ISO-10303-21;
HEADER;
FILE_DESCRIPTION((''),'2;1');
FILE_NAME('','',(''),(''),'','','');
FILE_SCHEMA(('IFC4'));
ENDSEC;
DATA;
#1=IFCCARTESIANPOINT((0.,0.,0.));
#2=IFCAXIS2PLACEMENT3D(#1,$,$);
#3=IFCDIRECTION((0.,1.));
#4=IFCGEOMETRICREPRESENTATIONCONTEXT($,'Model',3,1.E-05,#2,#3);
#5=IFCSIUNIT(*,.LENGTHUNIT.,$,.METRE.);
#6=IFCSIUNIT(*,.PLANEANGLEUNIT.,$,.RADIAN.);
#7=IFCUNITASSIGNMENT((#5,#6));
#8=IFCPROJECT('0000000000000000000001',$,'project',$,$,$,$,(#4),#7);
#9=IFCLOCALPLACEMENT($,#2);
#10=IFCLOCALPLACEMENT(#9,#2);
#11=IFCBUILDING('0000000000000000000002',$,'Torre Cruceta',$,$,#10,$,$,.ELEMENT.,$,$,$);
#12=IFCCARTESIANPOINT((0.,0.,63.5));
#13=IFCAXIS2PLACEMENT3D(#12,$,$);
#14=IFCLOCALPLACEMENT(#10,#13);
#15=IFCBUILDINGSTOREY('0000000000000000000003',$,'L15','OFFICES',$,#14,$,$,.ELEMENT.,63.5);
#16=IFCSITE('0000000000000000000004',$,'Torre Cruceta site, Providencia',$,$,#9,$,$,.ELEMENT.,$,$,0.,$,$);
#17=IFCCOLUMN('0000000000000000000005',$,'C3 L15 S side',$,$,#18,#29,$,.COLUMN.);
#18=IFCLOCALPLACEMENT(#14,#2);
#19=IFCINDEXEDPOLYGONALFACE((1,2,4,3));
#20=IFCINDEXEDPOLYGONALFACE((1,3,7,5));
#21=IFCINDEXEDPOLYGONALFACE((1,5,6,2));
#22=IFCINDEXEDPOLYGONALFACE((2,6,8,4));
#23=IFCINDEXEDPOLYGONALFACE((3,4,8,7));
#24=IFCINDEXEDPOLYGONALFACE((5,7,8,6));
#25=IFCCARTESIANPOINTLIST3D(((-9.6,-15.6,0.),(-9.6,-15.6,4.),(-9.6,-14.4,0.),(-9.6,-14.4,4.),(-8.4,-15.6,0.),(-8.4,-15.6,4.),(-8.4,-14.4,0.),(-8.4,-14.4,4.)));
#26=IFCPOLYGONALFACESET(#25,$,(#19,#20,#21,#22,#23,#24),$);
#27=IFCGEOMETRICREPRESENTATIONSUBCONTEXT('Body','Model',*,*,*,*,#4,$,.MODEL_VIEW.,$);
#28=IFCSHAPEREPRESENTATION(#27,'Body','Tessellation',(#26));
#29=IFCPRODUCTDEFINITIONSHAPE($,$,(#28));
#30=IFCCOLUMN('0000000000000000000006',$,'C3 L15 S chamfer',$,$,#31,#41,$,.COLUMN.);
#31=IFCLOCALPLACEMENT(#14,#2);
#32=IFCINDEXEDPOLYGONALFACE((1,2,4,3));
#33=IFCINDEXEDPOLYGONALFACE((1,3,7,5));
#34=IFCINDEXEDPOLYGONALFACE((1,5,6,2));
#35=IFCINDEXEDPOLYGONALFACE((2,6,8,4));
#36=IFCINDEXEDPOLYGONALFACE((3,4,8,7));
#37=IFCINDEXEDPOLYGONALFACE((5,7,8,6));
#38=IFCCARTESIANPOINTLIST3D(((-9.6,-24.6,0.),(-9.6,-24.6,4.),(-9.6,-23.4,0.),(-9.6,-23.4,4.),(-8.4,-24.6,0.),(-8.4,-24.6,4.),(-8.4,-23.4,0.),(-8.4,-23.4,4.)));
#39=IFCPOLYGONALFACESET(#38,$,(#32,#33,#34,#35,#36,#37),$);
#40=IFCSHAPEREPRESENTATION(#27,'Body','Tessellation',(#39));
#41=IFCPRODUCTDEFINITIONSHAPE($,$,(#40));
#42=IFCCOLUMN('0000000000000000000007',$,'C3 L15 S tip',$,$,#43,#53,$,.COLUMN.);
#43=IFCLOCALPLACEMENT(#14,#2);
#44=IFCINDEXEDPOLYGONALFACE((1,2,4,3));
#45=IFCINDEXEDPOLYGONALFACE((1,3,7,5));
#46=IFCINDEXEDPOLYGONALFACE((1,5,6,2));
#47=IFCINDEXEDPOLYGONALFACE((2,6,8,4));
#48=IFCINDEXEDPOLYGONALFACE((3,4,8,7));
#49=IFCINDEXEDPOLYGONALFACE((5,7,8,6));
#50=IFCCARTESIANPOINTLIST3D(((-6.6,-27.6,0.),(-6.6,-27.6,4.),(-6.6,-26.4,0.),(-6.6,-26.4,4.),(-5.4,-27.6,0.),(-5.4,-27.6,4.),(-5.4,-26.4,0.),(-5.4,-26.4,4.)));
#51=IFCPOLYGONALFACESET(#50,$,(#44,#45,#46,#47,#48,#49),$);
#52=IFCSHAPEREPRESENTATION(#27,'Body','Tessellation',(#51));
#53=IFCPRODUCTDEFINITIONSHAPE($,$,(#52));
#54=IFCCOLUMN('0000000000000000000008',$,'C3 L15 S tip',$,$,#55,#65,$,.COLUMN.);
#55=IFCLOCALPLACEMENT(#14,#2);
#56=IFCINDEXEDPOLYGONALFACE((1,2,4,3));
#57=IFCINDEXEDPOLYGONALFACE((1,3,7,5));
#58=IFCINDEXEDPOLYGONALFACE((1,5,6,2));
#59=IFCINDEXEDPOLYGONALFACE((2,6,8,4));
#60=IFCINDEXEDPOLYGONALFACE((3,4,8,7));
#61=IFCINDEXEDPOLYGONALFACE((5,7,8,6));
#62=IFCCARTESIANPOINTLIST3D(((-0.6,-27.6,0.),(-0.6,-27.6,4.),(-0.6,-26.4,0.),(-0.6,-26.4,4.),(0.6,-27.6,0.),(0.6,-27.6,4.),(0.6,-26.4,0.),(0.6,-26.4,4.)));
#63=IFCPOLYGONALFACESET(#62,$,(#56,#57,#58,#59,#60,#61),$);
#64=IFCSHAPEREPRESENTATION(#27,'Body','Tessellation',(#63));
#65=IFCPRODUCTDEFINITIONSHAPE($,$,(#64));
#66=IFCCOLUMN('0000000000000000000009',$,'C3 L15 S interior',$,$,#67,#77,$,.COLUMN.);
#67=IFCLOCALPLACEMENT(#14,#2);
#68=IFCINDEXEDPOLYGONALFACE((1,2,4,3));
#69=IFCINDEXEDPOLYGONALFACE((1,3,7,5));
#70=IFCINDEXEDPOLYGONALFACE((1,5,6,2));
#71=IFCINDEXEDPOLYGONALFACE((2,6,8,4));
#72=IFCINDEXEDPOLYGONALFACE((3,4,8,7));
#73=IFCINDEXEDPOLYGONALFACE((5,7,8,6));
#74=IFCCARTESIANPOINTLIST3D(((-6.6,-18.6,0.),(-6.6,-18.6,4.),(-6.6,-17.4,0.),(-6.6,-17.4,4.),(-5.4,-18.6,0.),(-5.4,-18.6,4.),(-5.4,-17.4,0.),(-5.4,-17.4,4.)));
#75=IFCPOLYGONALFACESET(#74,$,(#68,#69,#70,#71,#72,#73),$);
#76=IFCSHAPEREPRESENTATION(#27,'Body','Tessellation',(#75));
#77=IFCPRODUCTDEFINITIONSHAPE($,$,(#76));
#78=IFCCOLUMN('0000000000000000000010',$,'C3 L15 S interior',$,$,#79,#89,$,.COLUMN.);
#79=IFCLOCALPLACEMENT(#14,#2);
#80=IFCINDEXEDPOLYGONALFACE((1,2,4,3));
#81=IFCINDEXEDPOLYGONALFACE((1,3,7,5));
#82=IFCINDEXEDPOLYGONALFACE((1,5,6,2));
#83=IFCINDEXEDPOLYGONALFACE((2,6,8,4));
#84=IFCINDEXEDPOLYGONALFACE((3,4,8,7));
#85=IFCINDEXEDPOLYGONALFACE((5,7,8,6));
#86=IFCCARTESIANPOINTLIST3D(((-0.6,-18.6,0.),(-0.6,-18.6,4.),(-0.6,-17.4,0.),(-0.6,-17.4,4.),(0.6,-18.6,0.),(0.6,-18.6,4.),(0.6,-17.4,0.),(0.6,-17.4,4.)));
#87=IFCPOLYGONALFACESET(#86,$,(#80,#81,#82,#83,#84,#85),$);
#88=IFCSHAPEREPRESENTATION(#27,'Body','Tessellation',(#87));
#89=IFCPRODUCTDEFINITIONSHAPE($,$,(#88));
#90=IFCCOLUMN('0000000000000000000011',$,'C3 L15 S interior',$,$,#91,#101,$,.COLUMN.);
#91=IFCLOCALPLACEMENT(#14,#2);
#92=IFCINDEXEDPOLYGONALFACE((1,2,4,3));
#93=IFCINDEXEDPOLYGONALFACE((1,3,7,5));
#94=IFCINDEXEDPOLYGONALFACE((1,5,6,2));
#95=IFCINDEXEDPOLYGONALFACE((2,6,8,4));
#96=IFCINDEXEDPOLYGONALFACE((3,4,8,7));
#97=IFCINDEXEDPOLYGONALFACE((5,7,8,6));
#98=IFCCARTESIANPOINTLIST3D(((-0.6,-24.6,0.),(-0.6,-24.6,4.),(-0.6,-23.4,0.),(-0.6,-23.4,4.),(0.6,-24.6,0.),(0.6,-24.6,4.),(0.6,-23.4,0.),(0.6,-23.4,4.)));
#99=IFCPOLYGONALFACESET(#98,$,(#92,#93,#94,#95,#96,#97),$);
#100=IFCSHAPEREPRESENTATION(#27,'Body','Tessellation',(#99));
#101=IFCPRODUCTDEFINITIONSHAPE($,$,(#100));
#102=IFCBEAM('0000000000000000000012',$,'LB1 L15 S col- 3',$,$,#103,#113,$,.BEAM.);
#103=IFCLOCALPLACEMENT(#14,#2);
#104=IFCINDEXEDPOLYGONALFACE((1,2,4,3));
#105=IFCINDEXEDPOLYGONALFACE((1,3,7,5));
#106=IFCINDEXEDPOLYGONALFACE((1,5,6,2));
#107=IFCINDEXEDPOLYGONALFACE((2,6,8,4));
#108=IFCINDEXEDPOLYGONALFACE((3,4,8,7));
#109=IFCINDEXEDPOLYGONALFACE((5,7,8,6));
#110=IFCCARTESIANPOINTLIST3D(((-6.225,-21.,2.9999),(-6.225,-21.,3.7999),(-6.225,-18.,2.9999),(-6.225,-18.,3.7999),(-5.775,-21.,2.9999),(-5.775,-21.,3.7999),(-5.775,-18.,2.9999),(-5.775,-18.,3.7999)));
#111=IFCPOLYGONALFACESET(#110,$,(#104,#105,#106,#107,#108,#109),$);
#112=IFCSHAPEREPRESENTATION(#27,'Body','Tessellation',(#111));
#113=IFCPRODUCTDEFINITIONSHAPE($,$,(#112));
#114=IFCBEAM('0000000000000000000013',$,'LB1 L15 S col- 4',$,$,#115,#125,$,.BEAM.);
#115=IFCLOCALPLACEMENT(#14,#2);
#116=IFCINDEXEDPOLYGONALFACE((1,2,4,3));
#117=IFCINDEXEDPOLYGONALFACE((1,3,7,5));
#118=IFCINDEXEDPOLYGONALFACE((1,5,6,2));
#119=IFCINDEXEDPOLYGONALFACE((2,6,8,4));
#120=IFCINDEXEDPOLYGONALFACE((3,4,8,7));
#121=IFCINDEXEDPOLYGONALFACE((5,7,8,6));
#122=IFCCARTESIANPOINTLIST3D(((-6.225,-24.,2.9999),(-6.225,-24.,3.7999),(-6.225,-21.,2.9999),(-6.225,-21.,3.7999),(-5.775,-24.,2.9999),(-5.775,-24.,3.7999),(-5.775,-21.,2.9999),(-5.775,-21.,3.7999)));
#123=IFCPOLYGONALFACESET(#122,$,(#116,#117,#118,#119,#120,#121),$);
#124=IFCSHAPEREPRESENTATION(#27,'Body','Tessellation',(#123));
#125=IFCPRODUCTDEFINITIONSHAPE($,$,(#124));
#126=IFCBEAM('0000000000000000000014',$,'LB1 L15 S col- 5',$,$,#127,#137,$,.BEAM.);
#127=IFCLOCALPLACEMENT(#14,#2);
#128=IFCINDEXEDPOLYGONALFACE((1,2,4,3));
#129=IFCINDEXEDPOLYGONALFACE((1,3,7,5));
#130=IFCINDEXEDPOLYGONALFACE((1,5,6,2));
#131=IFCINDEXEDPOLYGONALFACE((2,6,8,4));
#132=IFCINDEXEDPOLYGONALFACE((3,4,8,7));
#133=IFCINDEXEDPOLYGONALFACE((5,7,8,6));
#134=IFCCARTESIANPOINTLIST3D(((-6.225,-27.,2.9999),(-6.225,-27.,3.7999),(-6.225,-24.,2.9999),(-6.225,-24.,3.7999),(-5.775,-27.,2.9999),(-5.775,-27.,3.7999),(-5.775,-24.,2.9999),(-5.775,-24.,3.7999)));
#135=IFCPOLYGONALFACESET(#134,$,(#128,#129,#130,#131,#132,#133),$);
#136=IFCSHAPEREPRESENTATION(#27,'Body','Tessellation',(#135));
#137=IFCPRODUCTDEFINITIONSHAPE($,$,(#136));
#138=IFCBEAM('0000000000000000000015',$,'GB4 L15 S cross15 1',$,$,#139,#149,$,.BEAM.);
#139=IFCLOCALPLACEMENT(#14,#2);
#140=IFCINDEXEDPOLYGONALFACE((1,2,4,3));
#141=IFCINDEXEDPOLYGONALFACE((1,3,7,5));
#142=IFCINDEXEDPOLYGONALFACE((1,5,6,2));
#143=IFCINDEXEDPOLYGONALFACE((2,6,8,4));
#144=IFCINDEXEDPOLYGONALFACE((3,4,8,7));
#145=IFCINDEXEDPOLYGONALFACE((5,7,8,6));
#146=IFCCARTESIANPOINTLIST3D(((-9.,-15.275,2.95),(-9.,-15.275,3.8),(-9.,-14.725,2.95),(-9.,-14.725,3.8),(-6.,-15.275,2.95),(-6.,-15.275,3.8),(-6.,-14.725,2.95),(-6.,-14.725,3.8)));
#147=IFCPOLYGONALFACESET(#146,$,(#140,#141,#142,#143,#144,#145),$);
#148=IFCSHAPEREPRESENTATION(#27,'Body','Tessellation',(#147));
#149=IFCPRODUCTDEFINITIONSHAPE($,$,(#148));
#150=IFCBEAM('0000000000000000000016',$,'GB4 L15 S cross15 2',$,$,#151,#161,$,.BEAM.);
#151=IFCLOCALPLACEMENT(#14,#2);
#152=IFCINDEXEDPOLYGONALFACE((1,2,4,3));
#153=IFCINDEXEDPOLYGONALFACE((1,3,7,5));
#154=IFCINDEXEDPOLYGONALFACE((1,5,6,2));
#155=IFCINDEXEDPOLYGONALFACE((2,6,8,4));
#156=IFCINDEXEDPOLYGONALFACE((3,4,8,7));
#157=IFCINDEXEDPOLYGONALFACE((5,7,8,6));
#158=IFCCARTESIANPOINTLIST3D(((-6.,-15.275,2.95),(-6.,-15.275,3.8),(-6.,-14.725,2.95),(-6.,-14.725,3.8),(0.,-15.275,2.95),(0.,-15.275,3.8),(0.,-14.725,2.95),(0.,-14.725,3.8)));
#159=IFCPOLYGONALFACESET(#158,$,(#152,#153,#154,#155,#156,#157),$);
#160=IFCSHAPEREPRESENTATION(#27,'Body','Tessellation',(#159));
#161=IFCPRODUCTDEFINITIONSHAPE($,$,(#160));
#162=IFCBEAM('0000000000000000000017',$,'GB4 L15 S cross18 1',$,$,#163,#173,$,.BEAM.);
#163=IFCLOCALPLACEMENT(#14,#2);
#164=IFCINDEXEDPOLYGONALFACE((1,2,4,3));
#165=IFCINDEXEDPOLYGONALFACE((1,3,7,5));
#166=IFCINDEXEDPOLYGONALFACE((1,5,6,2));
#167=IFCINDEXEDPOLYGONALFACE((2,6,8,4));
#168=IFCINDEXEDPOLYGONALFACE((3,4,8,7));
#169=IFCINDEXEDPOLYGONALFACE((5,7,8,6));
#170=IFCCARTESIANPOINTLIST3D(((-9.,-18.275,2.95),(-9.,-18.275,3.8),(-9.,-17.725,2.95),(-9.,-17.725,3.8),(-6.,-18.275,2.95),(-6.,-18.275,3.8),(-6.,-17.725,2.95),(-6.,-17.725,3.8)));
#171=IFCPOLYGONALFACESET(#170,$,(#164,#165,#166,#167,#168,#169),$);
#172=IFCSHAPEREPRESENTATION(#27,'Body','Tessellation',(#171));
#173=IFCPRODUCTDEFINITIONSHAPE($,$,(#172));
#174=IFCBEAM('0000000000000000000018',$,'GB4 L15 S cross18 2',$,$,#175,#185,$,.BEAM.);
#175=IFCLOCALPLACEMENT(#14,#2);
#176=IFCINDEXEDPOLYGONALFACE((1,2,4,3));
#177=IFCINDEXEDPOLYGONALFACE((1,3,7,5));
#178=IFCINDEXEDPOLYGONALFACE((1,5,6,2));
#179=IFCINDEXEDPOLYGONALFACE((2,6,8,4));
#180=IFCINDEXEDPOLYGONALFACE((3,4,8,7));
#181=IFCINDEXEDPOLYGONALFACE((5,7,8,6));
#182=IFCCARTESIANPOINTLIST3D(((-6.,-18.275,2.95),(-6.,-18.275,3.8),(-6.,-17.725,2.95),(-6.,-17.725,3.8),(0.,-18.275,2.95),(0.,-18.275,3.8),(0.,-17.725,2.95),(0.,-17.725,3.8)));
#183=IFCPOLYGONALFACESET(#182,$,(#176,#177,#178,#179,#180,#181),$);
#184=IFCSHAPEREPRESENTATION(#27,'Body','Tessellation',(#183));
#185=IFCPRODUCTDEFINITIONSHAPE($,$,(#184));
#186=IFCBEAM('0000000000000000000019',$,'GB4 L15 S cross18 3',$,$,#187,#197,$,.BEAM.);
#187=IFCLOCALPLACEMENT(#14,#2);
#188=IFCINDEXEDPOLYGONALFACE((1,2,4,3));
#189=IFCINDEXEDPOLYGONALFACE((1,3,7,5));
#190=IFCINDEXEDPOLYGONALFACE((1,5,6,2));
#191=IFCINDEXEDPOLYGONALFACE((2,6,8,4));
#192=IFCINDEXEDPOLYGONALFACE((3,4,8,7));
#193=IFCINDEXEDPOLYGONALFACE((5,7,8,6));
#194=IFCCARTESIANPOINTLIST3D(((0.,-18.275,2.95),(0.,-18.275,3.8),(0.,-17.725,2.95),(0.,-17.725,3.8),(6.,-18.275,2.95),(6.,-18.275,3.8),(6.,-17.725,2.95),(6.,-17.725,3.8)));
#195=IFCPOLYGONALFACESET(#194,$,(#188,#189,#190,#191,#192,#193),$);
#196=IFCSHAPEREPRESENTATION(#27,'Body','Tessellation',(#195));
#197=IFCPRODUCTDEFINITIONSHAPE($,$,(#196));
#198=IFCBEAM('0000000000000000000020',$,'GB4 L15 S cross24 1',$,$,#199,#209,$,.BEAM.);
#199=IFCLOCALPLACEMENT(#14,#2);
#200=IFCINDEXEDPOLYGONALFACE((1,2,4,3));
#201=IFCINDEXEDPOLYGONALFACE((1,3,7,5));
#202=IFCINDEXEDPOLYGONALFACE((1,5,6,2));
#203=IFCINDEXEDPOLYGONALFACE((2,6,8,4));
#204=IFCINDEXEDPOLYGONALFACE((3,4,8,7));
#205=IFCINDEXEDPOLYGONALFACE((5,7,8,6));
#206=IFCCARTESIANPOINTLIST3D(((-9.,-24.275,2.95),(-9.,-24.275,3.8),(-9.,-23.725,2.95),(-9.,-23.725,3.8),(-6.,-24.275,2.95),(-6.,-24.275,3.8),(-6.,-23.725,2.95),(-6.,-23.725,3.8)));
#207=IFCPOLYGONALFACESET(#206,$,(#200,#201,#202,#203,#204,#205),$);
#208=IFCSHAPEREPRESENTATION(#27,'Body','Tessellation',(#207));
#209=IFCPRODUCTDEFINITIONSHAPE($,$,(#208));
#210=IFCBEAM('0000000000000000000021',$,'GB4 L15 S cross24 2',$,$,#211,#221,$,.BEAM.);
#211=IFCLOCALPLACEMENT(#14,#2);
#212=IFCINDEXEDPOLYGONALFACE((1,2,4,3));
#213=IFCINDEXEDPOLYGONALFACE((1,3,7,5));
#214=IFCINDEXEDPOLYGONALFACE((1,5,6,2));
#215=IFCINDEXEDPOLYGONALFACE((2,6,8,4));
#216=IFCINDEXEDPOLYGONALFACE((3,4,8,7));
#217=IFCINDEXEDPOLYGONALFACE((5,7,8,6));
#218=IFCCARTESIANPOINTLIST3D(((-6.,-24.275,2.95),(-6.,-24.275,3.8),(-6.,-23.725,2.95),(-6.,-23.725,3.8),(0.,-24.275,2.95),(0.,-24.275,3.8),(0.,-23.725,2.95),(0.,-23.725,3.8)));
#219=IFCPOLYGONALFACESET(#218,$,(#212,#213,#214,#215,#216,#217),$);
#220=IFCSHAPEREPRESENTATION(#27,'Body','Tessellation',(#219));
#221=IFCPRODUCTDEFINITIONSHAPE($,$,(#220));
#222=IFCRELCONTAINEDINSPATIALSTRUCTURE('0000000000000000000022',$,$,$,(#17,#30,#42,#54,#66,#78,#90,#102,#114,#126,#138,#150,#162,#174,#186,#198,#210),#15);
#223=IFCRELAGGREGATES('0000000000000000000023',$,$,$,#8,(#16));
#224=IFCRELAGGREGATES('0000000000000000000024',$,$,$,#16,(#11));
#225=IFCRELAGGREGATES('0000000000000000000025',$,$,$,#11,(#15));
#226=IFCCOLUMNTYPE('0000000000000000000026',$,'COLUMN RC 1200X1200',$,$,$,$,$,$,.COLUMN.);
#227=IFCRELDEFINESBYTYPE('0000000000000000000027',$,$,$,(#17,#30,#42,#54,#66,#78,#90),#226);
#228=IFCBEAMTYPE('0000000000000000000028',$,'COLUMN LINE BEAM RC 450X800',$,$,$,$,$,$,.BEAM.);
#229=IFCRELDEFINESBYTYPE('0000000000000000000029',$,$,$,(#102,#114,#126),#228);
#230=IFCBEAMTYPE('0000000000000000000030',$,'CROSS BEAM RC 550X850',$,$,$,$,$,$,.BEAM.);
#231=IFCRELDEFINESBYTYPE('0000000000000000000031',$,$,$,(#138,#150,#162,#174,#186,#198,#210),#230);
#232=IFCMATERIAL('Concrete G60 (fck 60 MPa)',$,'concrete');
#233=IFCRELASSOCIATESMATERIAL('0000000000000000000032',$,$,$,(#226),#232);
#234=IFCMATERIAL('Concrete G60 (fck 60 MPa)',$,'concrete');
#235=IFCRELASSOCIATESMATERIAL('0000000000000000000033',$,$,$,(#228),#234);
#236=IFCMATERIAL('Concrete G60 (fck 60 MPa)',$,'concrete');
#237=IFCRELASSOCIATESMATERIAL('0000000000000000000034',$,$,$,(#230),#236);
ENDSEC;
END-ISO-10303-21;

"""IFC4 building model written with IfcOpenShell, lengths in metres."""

from ifc_helpers import new_model, si_unit, direction, frame, origin, origin_2d, place, context, subcontext, project, spatial, rectangle, extrude, material, material_profile, profile_set, type_object, element, save


model = new_model("IFC4")

# Units and contexts
model_context = context("Model", 3, precision=1e-05, world=origin(), true_north=direction((0.0, 1.0)))
body_context = subcontext(model_context, "Body", "Model", "MODEL_VIEW")
ifc_project = project(units=[si_unit("LENGTHUNIT", "METRE"), si_unit("PLANEANGLEUNIT", "RADIAN")], contexts=[model_context])

# Site, building, storey
site_placement = place(None, origin())
site = spatial("IfcSite", under=ifc_project, at=site_placement, Name="Torre Cruceta site, Providencia", CompositionType="ELEMENT", RefElevation=0.0)
building_placement = place(site_placement, origin())
building = spatial("IfcBuilding", under=site, at=building_placement, Name="Torre Cruceta", CompositionType="ELEMENT")
storey_placement = place(building_placement, frame((0.0, 0.0, 63.5)))
storey = spatial("IfcBuildingStorey", under=building, at=storey_placement, Name="L15", Description="OFFICES", CompositionType="ELEMENT", Elevation=63.5)

# Columns
ifc_material_1 = material(Name="Concrete G60 (fck 60 MPa)", Category="concrete")
ifc_material_profile_1 = material_profile(ifc_material_1, rectangle(XDim=1.2, YDim=1.2, at=origin_2d()), Name="RC 1200X1200")
ifc_profile_set_1 = profile_set([ifc_material_profile_1], Name="Concrete G60 (fck 60 MPa)")
column_type = type_object("IfcColumnType", Name="COLUMN RC 1200X1200", PredefinedType="COLUMN", material=ifc_profile_set_1)
for number, where, z_axis, x_axis, name in (
    (1, (-9.0, -15.0, 0.0), (0.0, 0.0, 1.0), (1.0, 0.0, 0.0), "C3 L15 S side"),
    (2, (-9.0, -24.0, 0.0), (0.0, 0.0, 1.0), (1.0, 0.0, 0.0), "C3 L15 S chamfer"),
    (3, (-6.0, -27.0, 0.0), (0.0, 0.0, 1.0), (1.0, 0.0, 0.0), "C3 L15 S tip"),
    (4, (0.0, -27.0, 0.0), (0.0, 0.0, 1.0), (1.0, 0.0, 0.0), "C3 L15 S tip"),
    (5, (-6.0, -18.0, 0.0), (0.0, 0.0, 1.0), (1.0, 0.0, 0.0), "C3 L15 S interior"),
    (6, (0.0, -18.0, 0.0), (0.0, 0.0, 1.0), (1.0, 0.0, 0.0), "C3 L15 S interior"),
    (7, (0.0, -24.0, 0.0), (0.0, 0.0, 1.0), (1.0, 0.0, 0.0), "C3 L15 S interior"),
):
    element("IfcColumn", number, at=place(storey_placement, frame(where, z_axis=z_axis, x_axis=x_axis)), inside=storey, type_object=column_type, Name=name, PredefinedType="COLUMN", context=body_context, shape_type="SweptSolid", body=[
        extrude(rectangle(XDim=1.2, YDim=1.2, at=origin_2d()), origin(), (0.0, 0.0, 1.0), 4.0),
    ])

# Beams
ifc_material_2 = material(Name="Concrete G60 (fck 60 MPa)", Category="concrete")
ifc_material_profile_2 = material_profile(ifc_material_2, rectangle(XDim=0.45, YDim=0.8, at=origin_2d()), Name="RC 450X800")
ifc_profile_set_2 = profile_set([ifc_material_profile_2], Name="Concrete G60 (fck 60 MPa)")
beam_type_1 = type_object("IfcBeamType", Name="COLUMN LINE BEAM RC 450X800", PredefinedType="BEAM", material=ifc_profile_set_2)
for number, where, z_axis, x_axis, name in (
    (8, (-6.0, -18.0, 3.3999), (0.0, -1.0, 0.0), (1.0, 0.0, 0.0), "LB1 L15 S col- 3"),
    (9, (-6.0, -21.0, 3.3999), (0.0, -1.0, 0.0), (1.0, 0.0, 0.0), "LB1 L15 S col- 4"),
    (10, (-6.0, -24.0, 3.3999), (0.0, -1.0, 0.0), (1.0, 0.0, 0.0), "LB1 L15 S col- 5"),
):
    element("IfcBeam", number, at=place(storey_placement, frame(where, z_axis=z_axis, x_axis=x_axis)), inside=storey, type_object=beam_type_1, Name=name, PredefinedType="BEAM", context=body_context, shape_type="SweptSolid", body=[
        extrude(rectangle(XDim=0.45, YDim=0.8, at=origin_2d()), origin(), (0.0, 0.0, 1.0), 3.0),
    ])
ifc_material_3 = material(Name="Concrete G60 (fck 60 MPa)", Category="concrete")
ifc_material_profile_3 = material_profile(ifc_material_3, rectangle(XDim=0.55, YDim=0.8501, at=origin_2d()), Name="RC 550X850")
ifc_profile_set_3 = profile_set([ifc_material_profile_3], Name="Concrete G60 (fck 60 MPa)")
beam_type_2 = type_object("IfcBeamType", Name="CROSS BEAM RC 550X850", PredefinedType="BEAM", material=ifc_profile_set_3)
beam_1_placement = place(storey_placement, frame((-9.0, -15.0, 3.375), z_axis=(1.0, 0.0, 0.0), x_axis=(0.0, 1.0, 0.0)))
element("IfcBeam", 11, at=beam_1_placement, inside=storey, type_object=beam_type_2, Name="GB4 L15 S cross15 1", PredefinedType="BEAM", context=body_context, shape_type="SweptSolid", body=[
    extrude(rectangle(XDim=0.55, YDim=0.8501, at=origin_2d()), origin(), (0.0, 0.0, 1.0), 3.0),
])
beam_2_placement = place(storey_placement, frame((-6.0, -15.0, 3.375), z_axis=(1.0, 0.0, 0.0), x_axis=(0.0, 1.0, 0.0)))
element("IfcBeam", 12, at=beam_2_placement, inside=storey, type_object=beam_type_2, Name="GB4 L15 S cross15 2", PredefinedType="BEAM", context=body_context, shape_type="SweptSolid", body=[
    extrude(rectangle(XDim=0.55, YDim=0.8501, at=origin_2d()), origin(), (0.0, 0.0, 1.0), 6.0),
])
beam_3_placement = place(storey_placement, frame((-9.0, -18.0, 3.375), z_axis=(1.0, 0.0, 0.0), x_axis=(0.0, 1.0, 0.0)))
element("IfcBeam", 13, at=beam_3_placement, inside=storey, type_object=beam_type_2, Name="GB4 L15 S cross18 1", PredefinedType="BEAM", context=body_context, shape_type="SweptSolid", body=[
    extrude(rectangle(XDim=0.55, YDim=0.8501, at=origin_2d()), origin(), (0.0, 0.0, 1.0), 3.0),
])
for number, where, z_axis, x_axis, name in (
    (14, (-6.0, -18.0, 3.375), (1.0, 0.0, 0.0), (0.0, 1.0, 0.0), "GB4 L15 S cross18 2"),
    (15, (0.0, -18.0, 3.375), (1.0, 0.0, 0.0), (0.0, 1.0, 0.0), "GB4 L15 S cross18 3"),
):
    element("IfcBeam", number, at=place(storey_placement, frame(where, z_axis=z_axis, x_axis=x_axis)), inside=storey, type_object=beam_type_2, Name=name, PredefinedType="BEAM", context=body_context, shape_type="SweptSolid", body=[
        extrude(rectangle(XDim=0.55, YDim=0.8501, at=origin_2d()), origin(), (0.0, 0.0, 1.0), 6.0),
    ])
beam_4_placement = place(storey_placement, frame((-9.0, -24.0, 3.375), z_axis=(1.0, 0.0, 0.0), x_axis=(0.0, 1.0, 0.0)))
element("IfcBeam", 16, at=beam_4_placement, inside=storey, type_object=beam_type_2, Name="GB4 L15 S cross24 1", PredefinedType="BEAM", context=body_context, shape_type="SweptSolid", body=[
    extrude(rectangle(XDim=0.55, YDim=0.8501, at=origin_2d()), origin(), (0.0, 0.0, 1.0), 3.0),
])
for number, where, z_axis, x_axis, name in (
    (17, (-6.0, -24.0, 3.375), (1.0, 0.0, 0.0), (0.0, 1.0, 0.0), "GB4 L15 S cross24 2"),
):
    element("IfcBeam", number, at=place(storey_placement, frame(where, z_axis=z_axis, x_axis=x_axis)), inside=storey, type_object=beam_type_2, Name=name, PredefinedType="BEAM", context=body_context, shape_type="SweptSolid", body=[
        extrude(rectangle(XDim=0.55, YDim=0.8501, at=origin_2d()), origin(), (0.0, 0.0, 1.0), 6.0),
    ])

save(model, "model.ifc")
